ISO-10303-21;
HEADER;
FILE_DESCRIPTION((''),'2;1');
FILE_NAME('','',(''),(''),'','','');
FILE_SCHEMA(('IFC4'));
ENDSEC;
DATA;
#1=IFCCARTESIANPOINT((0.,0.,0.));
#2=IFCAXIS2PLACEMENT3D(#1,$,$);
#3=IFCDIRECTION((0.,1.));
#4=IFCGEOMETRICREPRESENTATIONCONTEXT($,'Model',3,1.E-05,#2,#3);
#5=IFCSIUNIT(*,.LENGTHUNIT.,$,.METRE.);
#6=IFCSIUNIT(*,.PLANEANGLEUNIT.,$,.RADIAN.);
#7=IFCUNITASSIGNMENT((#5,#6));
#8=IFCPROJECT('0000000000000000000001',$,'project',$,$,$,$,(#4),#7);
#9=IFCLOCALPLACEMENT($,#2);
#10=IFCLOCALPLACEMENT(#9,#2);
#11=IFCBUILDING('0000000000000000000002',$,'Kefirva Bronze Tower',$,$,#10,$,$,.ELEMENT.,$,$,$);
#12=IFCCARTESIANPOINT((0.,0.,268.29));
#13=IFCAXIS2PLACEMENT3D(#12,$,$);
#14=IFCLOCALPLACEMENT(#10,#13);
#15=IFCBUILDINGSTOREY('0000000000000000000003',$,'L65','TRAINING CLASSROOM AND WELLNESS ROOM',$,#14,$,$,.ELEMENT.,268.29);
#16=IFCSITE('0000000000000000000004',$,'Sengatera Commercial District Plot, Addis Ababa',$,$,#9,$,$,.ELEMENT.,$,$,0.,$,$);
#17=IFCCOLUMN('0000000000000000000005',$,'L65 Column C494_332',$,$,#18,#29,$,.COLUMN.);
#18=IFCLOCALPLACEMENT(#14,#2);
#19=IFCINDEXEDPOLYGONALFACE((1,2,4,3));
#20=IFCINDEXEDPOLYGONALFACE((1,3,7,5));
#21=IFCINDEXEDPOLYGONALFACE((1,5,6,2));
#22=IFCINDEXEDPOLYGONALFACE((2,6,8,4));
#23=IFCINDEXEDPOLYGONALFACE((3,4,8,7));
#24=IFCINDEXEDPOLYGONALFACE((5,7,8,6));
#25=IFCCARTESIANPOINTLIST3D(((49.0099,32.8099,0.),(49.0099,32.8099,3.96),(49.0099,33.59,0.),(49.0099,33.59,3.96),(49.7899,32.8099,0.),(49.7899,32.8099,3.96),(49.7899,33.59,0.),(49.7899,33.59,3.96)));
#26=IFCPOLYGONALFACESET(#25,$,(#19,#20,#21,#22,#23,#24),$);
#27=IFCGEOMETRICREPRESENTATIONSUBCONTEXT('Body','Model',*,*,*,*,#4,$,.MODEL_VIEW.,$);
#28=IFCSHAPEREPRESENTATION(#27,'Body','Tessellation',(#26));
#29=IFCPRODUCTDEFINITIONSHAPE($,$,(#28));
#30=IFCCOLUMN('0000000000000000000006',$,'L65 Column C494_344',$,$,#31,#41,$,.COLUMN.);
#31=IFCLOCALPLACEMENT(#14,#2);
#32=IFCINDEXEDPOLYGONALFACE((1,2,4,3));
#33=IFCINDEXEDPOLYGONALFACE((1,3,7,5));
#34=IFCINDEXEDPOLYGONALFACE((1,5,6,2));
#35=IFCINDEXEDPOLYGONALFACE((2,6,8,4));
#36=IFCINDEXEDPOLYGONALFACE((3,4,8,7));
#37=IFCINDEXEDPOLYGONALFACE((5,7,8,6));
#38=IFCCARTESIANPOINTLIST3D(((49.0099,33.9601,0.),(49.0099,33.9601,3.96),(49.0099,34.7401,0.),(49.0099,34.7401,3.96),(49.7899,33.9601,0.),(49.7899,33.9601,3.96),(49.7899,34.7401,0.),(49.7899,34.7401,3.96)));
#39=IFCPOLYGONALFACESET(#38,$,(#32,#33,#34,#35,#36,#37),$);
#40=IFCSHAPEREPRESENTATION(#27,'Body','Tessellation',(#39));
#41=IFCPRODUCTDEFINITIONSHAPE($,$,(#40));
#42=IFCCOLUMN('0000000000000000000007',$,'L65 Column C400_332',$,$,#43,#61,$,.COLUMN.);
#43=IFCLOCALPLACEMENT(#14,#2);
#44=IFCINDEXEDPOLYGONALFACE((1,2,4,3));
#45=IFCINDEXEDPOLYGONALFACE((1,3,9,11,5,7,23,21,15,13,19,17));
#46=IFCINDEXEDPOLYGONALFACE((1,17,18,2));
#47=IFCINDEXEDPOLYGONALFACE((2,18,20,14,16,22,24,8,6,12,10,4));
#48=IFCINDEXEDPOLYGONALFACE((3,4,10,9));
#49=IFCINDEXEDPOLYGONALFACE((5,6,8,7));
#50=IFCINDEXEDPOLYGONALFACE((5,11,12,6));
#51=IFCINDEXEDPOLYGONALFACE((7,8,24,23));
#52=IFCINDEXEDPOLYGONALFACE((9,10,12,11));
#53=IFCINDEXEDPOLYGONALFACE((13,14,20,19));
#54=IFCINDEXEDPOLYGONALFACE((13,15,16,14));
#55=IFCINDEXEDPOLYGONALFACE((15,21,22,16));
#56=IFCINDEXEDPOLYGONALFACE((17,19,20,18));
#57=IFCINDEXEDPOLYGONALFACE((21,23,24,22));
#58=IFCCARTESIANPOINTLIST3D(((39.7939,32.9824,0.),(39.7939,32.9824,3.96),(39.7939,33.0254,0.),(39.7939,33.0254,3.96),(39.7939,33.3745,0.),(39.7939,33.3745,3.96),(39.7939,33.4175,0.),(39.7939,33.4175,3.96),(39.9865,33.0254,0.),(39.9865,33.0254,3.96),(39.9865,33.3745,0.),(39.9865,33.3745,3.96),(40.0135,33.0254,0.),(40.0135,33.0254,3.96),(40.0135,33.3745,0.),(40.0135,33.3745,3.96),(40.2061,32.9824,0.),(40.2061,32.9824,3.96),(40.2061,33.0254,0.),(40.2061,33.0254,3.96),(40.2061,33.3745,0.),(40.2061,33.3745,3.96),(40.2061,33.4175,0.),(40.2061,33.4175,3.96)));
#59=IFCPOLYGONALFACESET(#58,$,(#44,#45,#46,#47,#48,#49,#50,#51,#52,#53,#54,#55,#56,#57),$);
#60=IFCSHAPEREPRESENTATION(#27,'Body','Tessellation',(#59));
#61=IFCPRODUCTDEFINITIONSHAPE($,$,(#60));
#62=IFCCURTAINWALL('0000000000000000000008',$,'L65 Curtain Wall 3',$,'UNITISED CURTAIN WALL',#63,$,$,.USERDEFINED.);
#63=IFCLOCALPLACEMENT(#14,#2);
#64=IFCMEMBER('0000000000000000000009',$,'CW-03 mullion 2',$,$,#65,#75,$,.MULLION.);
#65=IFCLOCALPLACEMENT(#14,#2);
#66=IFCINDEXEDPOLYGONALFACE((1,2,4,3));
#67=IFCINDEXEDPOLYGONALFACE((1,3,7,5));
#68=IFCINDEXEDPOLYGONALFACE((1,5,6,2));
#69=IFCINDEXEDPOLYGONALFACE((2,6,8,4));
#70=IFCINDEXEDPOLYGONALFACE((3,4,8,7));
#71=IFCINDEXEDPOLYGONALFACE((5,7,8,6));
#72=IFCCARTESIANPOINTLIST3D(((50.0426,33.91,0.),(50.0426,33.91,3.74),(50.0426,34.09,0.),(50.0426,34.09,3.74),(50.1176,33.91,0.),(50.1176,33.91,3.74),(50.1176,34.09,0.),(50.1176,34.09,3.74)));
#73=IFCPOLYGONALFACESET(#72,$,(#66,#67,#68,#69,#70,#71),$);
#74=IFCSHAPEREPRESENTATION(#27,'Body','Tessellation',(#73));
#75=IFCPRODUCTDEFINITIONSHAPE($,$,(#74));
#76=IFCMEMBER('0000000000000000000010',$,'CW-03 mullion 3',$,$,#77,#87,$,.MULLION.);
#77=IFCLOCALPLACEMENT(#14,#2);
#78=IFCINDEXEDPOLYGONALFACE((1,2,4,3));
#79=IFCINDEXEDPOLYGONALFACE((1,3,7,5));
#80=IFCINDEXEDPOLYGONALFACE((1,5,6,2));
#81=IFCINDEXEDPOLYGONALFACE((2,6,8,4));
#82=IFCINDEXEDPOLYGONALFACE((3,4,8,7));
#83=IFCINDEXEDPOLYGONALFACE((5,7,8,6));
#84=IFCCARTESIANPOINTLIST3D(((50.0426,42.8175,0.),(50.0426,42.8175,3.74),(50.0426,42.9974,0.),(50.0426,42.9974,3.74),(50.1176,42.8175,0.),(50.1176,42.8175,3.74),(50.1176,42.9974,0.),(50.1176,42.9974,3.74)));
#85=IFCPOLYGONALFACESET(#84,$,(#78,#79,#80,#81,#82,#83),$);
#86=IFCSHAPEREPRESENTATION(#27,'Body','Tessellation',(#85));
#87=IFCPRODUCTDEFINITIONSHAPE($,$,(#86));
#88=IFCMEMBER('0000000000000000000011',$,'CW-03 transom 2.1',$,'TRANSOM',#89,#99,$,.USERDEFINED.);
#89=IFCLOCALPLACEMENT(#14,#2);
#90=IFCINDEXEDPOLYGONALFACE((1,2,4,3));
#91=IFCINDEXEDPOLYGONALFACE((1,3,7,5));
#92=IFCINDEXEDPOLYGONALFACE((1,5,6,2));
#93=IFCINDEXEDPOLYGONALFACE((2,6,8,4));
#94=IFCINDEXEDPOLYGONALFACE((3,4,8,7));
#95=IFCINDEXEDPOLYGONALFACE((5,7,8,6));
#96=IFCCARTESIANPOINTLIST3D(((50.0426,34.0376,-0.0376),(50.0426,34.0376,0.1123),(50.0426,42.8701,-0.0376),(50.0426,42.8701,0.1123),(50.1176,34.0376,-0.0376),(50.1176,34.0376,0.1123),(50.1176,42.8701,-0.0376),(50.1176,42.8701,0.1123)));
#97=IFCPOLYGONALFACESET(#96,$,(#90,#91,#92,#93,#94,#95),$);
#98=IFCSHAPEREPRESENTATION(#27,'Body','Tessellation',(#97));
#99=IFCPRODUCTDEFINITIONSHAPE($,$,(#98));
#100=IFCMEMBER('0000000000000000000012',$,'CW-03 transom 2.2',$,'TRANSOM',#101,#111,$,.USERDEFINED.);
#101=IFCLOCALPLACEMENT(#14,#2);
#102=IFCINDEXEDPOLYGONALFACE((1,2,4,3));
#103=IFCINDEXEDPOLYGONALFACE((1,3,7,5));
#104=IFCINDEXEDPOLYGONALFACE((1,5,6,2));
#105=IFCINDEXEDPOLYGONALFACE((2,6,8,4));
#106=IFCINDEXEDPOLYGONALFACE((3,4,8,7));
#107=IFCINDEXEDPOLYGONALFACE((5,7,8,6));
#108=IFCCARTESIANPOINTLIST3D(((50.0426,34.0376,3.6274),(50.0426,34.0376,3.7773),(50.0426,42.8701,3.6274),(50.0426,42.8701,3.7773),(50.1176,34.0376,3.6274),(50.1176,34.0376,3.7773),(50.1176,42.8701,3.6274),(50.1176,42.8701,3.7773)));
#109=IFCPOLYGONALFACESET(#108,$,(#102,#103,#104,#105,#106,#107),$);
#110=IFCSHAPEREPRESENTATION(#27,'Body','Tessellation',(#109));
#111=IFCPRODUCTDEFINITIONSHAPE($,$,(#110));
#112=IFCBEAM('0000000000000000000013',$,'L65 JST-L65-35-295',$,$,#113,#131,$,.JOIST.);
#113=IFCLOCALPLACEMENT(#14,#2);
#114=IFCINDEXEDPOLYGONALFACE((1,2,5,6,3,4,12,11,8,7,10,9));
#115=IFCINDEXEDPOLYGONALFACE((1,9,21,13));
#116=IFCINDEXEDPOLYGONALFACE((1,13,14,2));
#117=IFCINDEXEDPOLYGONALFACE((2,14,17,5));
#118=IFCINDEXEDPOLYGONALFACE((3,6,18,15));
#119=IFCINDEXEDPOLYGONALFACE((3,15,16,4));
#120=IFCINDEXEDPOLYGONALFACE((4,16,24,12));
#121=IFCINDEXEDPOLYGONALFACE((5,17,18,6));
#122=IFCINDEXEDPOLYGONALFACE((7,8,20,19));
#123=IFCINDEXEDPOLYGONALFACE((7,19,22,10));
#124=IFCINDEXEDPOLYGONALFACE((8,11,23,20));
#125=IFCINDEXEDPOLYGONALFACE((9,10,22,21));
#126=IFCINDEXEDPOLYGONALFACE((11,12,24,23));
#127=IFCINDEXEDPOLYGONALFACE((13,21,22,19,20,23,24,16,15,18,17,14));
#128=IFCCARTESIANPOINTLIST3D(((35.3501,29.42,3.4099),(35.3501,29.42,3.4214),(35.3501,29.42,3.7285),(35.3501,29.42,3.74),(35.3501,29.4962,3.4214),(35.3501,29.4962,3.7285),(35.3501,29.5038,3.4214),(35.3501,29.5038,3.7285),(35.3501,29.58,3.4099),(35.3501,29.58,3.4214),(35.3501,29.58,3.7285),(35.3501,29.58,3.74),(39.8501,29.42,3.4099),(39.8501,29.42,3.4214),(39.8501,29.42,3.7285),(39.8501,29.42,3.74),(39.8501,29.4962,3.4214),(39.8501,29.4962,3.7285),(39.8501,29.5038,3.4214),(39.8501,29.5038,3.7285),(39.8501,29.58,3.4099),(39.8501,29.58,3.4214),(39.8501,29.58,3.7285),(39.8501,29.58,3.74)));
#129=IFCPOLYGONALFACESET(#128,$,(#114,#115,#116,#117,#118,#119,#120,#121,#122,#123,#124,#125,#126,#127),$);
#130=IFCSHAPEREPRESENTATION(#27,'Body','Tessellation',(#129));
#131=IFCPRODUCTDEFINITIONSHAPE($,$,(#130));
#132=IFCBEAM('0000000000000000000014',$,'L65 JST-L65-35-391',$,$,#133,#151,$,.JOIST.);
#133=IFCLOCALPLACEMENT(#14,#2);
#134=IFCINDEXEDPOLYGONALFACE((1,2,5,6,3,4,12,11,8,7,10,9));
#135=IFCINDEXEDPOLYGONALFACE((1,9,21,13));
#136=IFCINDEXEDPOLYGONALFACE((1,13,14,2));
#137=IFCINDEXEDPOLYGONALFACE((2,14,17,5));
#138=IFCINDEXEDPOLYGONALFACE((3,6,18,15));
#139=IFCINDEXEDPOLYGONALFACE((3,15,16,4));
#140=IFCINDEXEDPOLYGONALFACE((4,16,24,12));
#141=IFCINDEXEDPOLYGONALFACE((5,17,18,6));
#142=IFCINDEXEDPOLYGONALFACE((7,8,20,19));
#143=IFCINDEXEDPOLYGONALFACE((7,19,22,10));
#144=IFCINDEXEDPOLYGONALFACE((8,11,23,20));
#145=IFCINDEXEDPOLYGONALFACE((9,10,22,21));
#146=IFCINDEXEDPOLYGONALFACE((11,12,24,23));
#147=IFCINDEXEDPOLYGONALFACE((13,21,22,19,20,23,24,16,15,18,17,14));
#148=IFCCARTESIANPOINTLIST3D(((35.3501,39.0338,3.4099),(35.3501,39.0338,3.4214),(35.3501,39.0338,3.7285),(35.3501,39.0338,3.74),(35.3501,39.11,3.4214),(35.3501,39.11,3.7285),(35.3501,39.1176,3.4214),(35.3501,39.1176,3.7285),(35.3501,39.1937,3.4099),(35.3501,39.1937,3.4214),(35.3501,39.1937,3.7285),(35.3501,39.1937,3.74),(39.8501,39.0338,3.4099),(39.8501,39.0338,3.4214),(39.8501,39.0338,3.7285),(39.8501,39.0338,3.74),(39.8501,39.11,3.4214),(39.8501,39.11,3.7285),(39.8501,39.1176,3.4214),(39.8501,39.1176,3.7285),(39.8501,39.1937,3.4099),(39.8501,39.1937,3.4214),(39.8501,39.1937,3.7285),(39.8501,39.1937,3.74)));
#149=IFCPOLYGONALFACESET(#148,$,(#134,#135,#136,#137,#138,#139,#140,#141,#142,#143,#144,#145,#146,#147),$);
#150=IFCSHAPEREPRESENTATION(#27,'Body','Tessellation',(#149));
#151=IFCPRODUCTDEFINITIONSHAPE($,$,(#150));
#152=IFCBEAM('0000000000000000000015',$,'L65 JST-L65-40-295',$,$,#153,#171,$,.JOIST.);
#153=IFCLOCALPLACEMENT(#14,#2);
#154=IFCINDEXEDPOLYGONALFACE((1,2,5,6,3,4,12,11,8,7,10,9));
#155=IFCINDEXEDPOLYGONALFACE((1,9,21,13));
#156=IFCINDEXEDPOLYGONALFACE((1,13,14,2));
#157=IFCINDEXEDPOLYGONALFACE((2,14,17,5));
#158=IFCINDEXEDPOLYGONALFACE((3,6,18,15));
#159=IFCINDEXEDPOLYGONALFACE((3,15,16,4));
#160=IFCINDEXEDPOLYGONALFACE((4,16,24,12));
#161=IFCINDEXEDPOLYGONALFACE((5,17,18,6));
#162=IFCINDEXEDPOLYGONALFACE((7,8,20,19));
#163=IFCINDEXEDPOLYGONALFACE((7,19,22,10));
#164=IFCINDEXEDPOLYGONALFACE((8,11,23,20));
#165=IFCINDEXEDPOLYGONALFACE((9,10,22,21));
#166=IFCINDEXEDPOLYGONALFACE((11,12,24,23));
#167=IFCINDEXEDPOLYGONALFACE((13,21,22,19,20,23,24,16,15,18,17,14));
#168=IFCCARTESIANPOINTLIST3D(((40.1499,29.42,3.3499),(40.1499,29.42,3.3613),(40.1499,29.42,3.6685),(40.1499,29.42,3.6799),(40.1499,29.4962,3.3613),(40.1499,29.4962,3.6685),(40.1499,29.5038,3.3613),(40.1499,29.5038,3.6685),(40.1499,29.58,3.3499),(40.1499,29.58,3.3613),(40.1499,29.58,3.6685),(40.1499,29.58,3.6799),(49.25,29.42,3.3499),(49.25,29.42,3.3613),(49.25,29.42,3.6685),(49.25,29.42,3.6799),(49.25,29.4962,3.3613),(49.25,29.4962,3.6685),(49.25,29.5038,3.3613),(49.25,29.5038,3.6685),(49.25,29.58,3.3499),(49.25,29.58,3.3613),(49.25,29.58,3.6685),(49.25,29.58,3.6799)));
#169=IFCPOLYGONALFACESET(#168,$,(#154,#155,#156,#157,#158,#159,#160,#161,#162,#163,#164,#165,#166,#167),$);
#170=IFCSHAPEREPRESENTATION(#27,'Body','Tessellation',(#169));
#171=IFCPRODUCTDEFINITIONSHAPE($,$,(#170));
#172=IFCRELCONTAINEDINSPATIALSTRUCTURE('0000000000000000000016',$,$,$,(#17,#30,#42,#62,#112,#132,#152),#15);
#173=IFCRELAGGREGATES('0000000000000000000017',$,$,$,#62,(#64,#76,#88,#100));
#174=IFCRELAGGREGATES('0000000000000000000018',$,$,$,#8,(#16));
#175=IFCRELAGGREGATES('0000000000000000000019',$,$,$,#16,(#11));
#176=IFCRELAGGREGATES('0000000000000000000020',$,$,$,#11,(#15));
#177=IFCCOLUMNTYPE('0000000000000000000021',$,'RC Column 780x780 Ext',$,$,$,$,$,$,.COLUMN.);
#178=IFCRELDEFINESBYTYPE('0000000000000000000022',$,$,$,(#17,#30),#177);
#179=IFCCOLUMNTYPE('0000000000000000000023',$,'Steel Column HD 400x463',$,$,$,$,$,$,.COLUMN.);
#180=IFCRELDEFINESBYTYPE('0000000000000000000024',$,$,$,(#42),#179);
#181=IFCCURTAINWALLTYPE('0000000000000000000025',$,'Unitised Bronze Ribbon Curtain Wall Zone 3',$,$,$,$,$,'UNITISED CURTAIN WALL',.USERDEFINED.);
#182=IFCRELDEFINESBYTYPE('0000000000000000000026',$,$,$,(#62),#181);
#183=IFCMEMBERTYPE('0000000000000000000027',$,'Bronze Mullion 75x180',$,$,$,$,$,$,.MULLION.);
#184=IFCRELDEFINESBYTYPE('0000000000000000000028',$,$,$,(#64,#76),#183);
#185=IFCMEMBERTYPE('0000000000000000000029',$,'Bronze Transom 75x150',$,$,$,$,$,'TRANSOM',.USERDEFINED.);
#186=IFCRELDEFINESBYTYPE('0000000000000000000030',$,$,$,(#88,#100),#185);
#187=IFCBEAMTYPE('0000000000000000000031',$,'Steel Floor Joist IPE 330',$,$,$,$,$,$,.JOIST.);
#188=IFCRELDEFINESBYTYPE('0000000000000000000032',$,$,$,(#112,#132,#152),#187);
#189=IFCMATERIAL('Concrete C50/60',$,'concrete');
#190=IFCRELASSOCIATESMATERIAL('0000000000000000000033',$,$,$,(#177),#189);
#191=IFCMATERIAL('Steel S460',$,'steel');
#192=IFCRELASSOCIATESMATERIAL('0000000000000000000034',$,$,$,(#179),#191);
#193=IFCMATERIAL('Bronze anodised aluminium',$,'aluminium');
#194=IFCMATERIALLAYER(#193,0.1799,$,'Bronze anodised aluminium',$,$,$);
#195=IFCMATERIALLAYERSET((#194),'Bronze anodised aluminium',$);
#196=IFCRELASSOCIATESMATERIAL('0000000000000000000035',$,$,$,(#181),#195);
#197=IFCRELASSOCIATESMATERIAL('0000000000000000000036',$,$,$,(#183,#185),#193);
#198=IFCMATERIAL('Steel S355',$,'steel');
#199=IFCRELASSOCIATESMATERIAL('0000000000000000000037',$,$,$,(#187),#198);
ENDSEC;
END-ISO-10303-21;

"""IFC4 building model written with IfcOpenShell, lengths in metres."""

from ifc_helpers import new_model, si_unit, direction, frame, origin, origin_2d, place, context, subcontext, project, spatial, rectangle, i_section, extrude, material, layer, layer_set, material_profile, profile_set, type_object, element, aggregate, save


model = new_model("IFC4")

# Units and contexts
model_context = context("Model", 3, precision=1e-05, world=origin(), true_north=direction((0.0, 1.0)))
body_context = subcontext(model_context, "Body", "Model", "MODEL_VIEW")
ifc_project = project(units=[si_unit("LENGTHUNIT", "METRE"), si_unit("PLANEANGLEUNIT", "RADIAN")], contexts=[model_context])

# Site, building, storey
site_placement = place(None, origin())
site = spatial("IfcSite", under=ifc_project, at=site_placement, Name="Sengatera Commercial District Plot, Addis Ababa", CompositionType="ELEMENT", RefElevation=0.0)
building_placement = place(site_placement, origin())
building = spatial("IfcBuilding", under=site, at=building_placement, Name="Kefirva Bronze Tower", CompositionType="ELEMENT")
storey_placement = place(building_placement, frame((0.0, 0.0, 268.29)))
storey = spatial("IfcBuildingStorey", under=building, at=storey_placement, Name="L65", Description="TRAINING CLASSROOM AND WELLNESS ROOM", CompositionType="ELEMENT", Elevation=268.29)

# Columns
ifc_material_1 = material(Name="Concrete C50/60", Category="concrete")
ifc_material_profile_1 = material_profile(ifc_material_1, rectangle(XDim=0.78, YDim=0.78, at=origin_2d()), Name="RC 780x780")
ifc_profile_set_1 = profile_set([ifc_material_profile_1], Name="Concrete C50/60")
column_type_1 = type_object("IfcColumnType", Name="RC Column 780x780 Ext", PredefinedType="COLUMN", material=ifc_profile_set_1)
for number, where, z_axis, x_axis, name in (
    (1, (49.3999, 33.2, 0.0), (0.0, 0.0, 1.0), (1.0, 0.0, 0.0), "L65 Column C494_332"),
    (2, (49.3999, 34.3501, 0.0), (0.0, 0.0, 1.0), (1.0, 0.0, 0.0), "L65 Column C494_344"),
):
    element("IfcColumn", number, at=place(storey_placement, frame(where, z_axis=z_axis, x_axis=x_axis)), inside=storey, type_object=column_type_1, Name=name, PredefinedType="COLUMN", context=body_context, shape_type="SweptSolid", body=[
        extrude(rectangle(XDim=0.78, YDim=0.78, at=origin_2d()), origin(), (0.0, 0.0, 1.0), 3.96),
    ])
ifc_material_2 = material(Name="Steel S460", Category="steel")
ifc_material_profile_2 = material_profile(ifc_material_2, i_section(OverallWidth=0.4121, OverallDepth=0.4351, WebThickness=0.0271, FlangeThickness=0.043, at=origin_2d()), Name="HD 400x463")
ifc_profile_set_2 = profile_set([ifc_material_profile_2], Name="Steel S460")
column_type_2 = type_object("IfcColumnType", Name="Steel Column HD 400x463", PredefinedType="COLUMN", material=ifc_profile_set_2)
column_placement = place(storey_placement, frame((40.0, 33.2, 0.0), z_axis=(0.0, 0.0, 1.0), x_axis=(1.0, 0.0, 0.0)))
element("IfcColumn", 3, at=column_placement, inside=storey, type_object=column_type_2, Name="L65 Column C400_332", PredefinedType="COLUMN", context=body_context, shape_type="SweptSolid", body=[
    extrude(i_section(OverallWidth=0.4121, OverallDepth=0.4351, WebThickness=0.0271, FlangeThickness=0.043, at=origin_2d()), origin(), (0.0, 0.0, 1.0), 3.96),
])

# Curtain wall, members
ifc_material_3 = material(Name="Bronze anodised aluminium", Category="aluminium")
ifc_layer_1 = layer(ifc_material_3, 0.1799, Name="Bronze anodised aluminium")
ifc_layer_set_1 = layer_set([ifc_layer_1], Name="Bronze anodised aluminium")
curtain_wall_type = type_object("IfcCurtainWallType", Name="Unitised Bronze Ribbon Curtain Wall Zone 3", ElementType="UNITISED CURTAIN WALL", PredefinedType="USERDEFINED", material=ifc_layer_set_1)
curtain_wall_placement = place(storey_placement, origin())
curtain_wall = element("IfcCurtainWall", 4, at=curtain_wall_placement, inside=storey, type_object=curtain_wall_type, Name="L65 Curtain Wall 3", ObjectType="UNITISED CURTAIN WALL", PredefinedType="USERDEFINED")
ifc_material_profile_3 = material_profile(ifc_material_3, rectangle(XDim=0.075, YDim=0.1799, at=origin_2d()), Name="ALU 75x180")
ifc_profile_set_3 = profile_set([ifc_material_profile_3], Name="Bronze anodised aluminium")
member_type_1 = type_object("IfcMemberType", Name="Bronze Mullion 75x180", PredefinedType="MULLION", material=ifc_profile_set_3)
member_1_placement = place(storey_placement, frame((50.0801, 34.0, 0.0), z_axis=(0.0, 0.0, 1.0), x_axis=(-1.0, 0.0, 0.0)))
member_1 = element("IfcMember", 5, at=member_1_placement, type_object=member_type_1, Name="CW-03 mullion 2", PredefinedType="MULLION", context=body_context, shape_type="SweptSolid", body=[
    extrude(rectangle(XDim=0.075, YDim=0.1799, at=origin_2d()), origin(), (0.0, 0.0, 1.0), 3.74),
])
member_2_placement = place(storey_placement, frame((50.0801, 42.9075, 0.0), z_axis=(0.0, 0.0, 1.0), x_axis=(-1.0, 0.0, 0.0)))
member_2 = element("IfcMember", 6, at=member_2_placement, type_object=member_type_1, Name="CW-03 mullion 3", PredefinedType="MULLION", context=body_context, shape_type="SweptSolid", body=[
    extrude(rectangle(XDim=0.075, YDim=0.1799, at=origin_2d()), origin(), (0.0, 0.0, 1.0), 3.74),
])
ifc_material_profile_4 = material_profile(ifc_material_3, rectangle(XDim=0.075, YDim=0.1499, at=origin_2d()), Name="ALU 75x150")
ifc_profile_set_4 = profile_set([ifc_material_profile_4], Name="Bronze anodised aluminium")
member_type_2 = type_object("IfcMemberType", Name="Bronze Transom 75x150", ElementType="TRANSOM", PredefinedType="USERDEFINED", material=ifc_profile_set_4)
member_3_placement = place(storey_placement, frame((50.0801, 34.0376, 0.0374), z_axis=(0.0, 1.0, 0.0), x_axis=(-1.0, 0.0, 0.0)))
member_3 = element("IfcMember", 7, at=member_3_placement, type_object=member_type_2, Name="CW-03 transom 2.1", ObjectType="TRANSOM", PredefinedType="USERDEFINED", context=body_context, shape_type="SweptSolid", body=[
    extrude(rectangle(XDim=0.075, YDim=0.1499, at=origin_2d()), origin(), (0.0, 0.0, 1.0), 8.8325),
])
member_4_placement = place(storey_placement, frame((50.0801, 34.0376, 3.7024), z_axis=(0.0, 1.0, 0.0), x_axis=(-1.0, 0.0, 0.0)))
member_4 = element("IfcMember", 8, at=member_4_placement, type_object=member_type_2, Name="CW-03 transom 2.2", ObjectType="TRANSOM", PredefinedType="USERDEFINED", context=body_context, shape_type="SweptSolid", body=[
    extrude(rectangle(XDim=0.075, YDim=0.1499, at=origin_2d()), origin(), (0.0, 0.0, 1.0), 8.8325),
])

# Beams
ifc_material_4 = material(Name="Steel S355", Category="steel")
ifc_material_profile_5 = material_profile(ifc_material_4, i_section(OverallWidth=0.1599, OverallDepth=0.3301, WebThickness=0.0076, FlangeThickness=0.0115, at=origin_2d()), Name="IPE 330")
ifc_profile_set_5 = profile_set([ifc_material_profile_5], Name="Steel S355")
beam_type_1 = type_object("IfcBeamType", Name="Steel Floor Joist IPE 330", PredefinedType="JOIST", material=ifc_profile_set_5)
for number, where, z_axis, x_axis, name in (
    (9, (35.3501, 29.5, 3.575), (1.0, 0.0, 0.0), (0.0, 1.0, 0.0), "L65 JST-L65-35-295"),
    (10, (35.3501, 39.1138, 3.575), (1.0, 0.0, 0.0), (0.0, 1.0, 0.0), "L65 JST-L65-35-391"),
):
    element("IfcBeam", number, at=place(storey_placement, frame(where, z_axis=z_axis, x_axis=x_axis)), inside=storey, type_object=beam_type_1, Name=name, PredefinedType="JOIST", context=body_context, shape_type="SweptSolid", body=[
        extrude(i_section(OverallWidth=0.1599, OverallDepth=0.3301, WebThickness=0.0076, FlangeThickness=0.0115, at=origin_2d()), origin(), (0.0, 0.0, 1.0), 4.5),
    ])
beam_1_placement = place(storey_placement, frame((40.1499, 29.5, 3.5149), z_axis=(1.0, 0.0, 0.0), x_axis=(0.0, 1.0, 0.0)))
element("IfcBeam", 11, at=beam_1_placement, inside=storey, type_object=beam_type_1, Name="L65 JST-L65-40-295", PredefinedType="JOIST", context=body_context, shape_type="SweptSolid", body=[
    extrude(i_section(OverallWidth=0.1599, OverallDepth=0.3301, WebThickness=0.0076, FlangeThickness=0.0115, at=origin_2d()), origin(), (0.0, 0.0, 1.0), 9.1001),
])

aggregate(curtain_wall, [member_1, member_2, member_3, member_4])

save(model, "model.ifc")
